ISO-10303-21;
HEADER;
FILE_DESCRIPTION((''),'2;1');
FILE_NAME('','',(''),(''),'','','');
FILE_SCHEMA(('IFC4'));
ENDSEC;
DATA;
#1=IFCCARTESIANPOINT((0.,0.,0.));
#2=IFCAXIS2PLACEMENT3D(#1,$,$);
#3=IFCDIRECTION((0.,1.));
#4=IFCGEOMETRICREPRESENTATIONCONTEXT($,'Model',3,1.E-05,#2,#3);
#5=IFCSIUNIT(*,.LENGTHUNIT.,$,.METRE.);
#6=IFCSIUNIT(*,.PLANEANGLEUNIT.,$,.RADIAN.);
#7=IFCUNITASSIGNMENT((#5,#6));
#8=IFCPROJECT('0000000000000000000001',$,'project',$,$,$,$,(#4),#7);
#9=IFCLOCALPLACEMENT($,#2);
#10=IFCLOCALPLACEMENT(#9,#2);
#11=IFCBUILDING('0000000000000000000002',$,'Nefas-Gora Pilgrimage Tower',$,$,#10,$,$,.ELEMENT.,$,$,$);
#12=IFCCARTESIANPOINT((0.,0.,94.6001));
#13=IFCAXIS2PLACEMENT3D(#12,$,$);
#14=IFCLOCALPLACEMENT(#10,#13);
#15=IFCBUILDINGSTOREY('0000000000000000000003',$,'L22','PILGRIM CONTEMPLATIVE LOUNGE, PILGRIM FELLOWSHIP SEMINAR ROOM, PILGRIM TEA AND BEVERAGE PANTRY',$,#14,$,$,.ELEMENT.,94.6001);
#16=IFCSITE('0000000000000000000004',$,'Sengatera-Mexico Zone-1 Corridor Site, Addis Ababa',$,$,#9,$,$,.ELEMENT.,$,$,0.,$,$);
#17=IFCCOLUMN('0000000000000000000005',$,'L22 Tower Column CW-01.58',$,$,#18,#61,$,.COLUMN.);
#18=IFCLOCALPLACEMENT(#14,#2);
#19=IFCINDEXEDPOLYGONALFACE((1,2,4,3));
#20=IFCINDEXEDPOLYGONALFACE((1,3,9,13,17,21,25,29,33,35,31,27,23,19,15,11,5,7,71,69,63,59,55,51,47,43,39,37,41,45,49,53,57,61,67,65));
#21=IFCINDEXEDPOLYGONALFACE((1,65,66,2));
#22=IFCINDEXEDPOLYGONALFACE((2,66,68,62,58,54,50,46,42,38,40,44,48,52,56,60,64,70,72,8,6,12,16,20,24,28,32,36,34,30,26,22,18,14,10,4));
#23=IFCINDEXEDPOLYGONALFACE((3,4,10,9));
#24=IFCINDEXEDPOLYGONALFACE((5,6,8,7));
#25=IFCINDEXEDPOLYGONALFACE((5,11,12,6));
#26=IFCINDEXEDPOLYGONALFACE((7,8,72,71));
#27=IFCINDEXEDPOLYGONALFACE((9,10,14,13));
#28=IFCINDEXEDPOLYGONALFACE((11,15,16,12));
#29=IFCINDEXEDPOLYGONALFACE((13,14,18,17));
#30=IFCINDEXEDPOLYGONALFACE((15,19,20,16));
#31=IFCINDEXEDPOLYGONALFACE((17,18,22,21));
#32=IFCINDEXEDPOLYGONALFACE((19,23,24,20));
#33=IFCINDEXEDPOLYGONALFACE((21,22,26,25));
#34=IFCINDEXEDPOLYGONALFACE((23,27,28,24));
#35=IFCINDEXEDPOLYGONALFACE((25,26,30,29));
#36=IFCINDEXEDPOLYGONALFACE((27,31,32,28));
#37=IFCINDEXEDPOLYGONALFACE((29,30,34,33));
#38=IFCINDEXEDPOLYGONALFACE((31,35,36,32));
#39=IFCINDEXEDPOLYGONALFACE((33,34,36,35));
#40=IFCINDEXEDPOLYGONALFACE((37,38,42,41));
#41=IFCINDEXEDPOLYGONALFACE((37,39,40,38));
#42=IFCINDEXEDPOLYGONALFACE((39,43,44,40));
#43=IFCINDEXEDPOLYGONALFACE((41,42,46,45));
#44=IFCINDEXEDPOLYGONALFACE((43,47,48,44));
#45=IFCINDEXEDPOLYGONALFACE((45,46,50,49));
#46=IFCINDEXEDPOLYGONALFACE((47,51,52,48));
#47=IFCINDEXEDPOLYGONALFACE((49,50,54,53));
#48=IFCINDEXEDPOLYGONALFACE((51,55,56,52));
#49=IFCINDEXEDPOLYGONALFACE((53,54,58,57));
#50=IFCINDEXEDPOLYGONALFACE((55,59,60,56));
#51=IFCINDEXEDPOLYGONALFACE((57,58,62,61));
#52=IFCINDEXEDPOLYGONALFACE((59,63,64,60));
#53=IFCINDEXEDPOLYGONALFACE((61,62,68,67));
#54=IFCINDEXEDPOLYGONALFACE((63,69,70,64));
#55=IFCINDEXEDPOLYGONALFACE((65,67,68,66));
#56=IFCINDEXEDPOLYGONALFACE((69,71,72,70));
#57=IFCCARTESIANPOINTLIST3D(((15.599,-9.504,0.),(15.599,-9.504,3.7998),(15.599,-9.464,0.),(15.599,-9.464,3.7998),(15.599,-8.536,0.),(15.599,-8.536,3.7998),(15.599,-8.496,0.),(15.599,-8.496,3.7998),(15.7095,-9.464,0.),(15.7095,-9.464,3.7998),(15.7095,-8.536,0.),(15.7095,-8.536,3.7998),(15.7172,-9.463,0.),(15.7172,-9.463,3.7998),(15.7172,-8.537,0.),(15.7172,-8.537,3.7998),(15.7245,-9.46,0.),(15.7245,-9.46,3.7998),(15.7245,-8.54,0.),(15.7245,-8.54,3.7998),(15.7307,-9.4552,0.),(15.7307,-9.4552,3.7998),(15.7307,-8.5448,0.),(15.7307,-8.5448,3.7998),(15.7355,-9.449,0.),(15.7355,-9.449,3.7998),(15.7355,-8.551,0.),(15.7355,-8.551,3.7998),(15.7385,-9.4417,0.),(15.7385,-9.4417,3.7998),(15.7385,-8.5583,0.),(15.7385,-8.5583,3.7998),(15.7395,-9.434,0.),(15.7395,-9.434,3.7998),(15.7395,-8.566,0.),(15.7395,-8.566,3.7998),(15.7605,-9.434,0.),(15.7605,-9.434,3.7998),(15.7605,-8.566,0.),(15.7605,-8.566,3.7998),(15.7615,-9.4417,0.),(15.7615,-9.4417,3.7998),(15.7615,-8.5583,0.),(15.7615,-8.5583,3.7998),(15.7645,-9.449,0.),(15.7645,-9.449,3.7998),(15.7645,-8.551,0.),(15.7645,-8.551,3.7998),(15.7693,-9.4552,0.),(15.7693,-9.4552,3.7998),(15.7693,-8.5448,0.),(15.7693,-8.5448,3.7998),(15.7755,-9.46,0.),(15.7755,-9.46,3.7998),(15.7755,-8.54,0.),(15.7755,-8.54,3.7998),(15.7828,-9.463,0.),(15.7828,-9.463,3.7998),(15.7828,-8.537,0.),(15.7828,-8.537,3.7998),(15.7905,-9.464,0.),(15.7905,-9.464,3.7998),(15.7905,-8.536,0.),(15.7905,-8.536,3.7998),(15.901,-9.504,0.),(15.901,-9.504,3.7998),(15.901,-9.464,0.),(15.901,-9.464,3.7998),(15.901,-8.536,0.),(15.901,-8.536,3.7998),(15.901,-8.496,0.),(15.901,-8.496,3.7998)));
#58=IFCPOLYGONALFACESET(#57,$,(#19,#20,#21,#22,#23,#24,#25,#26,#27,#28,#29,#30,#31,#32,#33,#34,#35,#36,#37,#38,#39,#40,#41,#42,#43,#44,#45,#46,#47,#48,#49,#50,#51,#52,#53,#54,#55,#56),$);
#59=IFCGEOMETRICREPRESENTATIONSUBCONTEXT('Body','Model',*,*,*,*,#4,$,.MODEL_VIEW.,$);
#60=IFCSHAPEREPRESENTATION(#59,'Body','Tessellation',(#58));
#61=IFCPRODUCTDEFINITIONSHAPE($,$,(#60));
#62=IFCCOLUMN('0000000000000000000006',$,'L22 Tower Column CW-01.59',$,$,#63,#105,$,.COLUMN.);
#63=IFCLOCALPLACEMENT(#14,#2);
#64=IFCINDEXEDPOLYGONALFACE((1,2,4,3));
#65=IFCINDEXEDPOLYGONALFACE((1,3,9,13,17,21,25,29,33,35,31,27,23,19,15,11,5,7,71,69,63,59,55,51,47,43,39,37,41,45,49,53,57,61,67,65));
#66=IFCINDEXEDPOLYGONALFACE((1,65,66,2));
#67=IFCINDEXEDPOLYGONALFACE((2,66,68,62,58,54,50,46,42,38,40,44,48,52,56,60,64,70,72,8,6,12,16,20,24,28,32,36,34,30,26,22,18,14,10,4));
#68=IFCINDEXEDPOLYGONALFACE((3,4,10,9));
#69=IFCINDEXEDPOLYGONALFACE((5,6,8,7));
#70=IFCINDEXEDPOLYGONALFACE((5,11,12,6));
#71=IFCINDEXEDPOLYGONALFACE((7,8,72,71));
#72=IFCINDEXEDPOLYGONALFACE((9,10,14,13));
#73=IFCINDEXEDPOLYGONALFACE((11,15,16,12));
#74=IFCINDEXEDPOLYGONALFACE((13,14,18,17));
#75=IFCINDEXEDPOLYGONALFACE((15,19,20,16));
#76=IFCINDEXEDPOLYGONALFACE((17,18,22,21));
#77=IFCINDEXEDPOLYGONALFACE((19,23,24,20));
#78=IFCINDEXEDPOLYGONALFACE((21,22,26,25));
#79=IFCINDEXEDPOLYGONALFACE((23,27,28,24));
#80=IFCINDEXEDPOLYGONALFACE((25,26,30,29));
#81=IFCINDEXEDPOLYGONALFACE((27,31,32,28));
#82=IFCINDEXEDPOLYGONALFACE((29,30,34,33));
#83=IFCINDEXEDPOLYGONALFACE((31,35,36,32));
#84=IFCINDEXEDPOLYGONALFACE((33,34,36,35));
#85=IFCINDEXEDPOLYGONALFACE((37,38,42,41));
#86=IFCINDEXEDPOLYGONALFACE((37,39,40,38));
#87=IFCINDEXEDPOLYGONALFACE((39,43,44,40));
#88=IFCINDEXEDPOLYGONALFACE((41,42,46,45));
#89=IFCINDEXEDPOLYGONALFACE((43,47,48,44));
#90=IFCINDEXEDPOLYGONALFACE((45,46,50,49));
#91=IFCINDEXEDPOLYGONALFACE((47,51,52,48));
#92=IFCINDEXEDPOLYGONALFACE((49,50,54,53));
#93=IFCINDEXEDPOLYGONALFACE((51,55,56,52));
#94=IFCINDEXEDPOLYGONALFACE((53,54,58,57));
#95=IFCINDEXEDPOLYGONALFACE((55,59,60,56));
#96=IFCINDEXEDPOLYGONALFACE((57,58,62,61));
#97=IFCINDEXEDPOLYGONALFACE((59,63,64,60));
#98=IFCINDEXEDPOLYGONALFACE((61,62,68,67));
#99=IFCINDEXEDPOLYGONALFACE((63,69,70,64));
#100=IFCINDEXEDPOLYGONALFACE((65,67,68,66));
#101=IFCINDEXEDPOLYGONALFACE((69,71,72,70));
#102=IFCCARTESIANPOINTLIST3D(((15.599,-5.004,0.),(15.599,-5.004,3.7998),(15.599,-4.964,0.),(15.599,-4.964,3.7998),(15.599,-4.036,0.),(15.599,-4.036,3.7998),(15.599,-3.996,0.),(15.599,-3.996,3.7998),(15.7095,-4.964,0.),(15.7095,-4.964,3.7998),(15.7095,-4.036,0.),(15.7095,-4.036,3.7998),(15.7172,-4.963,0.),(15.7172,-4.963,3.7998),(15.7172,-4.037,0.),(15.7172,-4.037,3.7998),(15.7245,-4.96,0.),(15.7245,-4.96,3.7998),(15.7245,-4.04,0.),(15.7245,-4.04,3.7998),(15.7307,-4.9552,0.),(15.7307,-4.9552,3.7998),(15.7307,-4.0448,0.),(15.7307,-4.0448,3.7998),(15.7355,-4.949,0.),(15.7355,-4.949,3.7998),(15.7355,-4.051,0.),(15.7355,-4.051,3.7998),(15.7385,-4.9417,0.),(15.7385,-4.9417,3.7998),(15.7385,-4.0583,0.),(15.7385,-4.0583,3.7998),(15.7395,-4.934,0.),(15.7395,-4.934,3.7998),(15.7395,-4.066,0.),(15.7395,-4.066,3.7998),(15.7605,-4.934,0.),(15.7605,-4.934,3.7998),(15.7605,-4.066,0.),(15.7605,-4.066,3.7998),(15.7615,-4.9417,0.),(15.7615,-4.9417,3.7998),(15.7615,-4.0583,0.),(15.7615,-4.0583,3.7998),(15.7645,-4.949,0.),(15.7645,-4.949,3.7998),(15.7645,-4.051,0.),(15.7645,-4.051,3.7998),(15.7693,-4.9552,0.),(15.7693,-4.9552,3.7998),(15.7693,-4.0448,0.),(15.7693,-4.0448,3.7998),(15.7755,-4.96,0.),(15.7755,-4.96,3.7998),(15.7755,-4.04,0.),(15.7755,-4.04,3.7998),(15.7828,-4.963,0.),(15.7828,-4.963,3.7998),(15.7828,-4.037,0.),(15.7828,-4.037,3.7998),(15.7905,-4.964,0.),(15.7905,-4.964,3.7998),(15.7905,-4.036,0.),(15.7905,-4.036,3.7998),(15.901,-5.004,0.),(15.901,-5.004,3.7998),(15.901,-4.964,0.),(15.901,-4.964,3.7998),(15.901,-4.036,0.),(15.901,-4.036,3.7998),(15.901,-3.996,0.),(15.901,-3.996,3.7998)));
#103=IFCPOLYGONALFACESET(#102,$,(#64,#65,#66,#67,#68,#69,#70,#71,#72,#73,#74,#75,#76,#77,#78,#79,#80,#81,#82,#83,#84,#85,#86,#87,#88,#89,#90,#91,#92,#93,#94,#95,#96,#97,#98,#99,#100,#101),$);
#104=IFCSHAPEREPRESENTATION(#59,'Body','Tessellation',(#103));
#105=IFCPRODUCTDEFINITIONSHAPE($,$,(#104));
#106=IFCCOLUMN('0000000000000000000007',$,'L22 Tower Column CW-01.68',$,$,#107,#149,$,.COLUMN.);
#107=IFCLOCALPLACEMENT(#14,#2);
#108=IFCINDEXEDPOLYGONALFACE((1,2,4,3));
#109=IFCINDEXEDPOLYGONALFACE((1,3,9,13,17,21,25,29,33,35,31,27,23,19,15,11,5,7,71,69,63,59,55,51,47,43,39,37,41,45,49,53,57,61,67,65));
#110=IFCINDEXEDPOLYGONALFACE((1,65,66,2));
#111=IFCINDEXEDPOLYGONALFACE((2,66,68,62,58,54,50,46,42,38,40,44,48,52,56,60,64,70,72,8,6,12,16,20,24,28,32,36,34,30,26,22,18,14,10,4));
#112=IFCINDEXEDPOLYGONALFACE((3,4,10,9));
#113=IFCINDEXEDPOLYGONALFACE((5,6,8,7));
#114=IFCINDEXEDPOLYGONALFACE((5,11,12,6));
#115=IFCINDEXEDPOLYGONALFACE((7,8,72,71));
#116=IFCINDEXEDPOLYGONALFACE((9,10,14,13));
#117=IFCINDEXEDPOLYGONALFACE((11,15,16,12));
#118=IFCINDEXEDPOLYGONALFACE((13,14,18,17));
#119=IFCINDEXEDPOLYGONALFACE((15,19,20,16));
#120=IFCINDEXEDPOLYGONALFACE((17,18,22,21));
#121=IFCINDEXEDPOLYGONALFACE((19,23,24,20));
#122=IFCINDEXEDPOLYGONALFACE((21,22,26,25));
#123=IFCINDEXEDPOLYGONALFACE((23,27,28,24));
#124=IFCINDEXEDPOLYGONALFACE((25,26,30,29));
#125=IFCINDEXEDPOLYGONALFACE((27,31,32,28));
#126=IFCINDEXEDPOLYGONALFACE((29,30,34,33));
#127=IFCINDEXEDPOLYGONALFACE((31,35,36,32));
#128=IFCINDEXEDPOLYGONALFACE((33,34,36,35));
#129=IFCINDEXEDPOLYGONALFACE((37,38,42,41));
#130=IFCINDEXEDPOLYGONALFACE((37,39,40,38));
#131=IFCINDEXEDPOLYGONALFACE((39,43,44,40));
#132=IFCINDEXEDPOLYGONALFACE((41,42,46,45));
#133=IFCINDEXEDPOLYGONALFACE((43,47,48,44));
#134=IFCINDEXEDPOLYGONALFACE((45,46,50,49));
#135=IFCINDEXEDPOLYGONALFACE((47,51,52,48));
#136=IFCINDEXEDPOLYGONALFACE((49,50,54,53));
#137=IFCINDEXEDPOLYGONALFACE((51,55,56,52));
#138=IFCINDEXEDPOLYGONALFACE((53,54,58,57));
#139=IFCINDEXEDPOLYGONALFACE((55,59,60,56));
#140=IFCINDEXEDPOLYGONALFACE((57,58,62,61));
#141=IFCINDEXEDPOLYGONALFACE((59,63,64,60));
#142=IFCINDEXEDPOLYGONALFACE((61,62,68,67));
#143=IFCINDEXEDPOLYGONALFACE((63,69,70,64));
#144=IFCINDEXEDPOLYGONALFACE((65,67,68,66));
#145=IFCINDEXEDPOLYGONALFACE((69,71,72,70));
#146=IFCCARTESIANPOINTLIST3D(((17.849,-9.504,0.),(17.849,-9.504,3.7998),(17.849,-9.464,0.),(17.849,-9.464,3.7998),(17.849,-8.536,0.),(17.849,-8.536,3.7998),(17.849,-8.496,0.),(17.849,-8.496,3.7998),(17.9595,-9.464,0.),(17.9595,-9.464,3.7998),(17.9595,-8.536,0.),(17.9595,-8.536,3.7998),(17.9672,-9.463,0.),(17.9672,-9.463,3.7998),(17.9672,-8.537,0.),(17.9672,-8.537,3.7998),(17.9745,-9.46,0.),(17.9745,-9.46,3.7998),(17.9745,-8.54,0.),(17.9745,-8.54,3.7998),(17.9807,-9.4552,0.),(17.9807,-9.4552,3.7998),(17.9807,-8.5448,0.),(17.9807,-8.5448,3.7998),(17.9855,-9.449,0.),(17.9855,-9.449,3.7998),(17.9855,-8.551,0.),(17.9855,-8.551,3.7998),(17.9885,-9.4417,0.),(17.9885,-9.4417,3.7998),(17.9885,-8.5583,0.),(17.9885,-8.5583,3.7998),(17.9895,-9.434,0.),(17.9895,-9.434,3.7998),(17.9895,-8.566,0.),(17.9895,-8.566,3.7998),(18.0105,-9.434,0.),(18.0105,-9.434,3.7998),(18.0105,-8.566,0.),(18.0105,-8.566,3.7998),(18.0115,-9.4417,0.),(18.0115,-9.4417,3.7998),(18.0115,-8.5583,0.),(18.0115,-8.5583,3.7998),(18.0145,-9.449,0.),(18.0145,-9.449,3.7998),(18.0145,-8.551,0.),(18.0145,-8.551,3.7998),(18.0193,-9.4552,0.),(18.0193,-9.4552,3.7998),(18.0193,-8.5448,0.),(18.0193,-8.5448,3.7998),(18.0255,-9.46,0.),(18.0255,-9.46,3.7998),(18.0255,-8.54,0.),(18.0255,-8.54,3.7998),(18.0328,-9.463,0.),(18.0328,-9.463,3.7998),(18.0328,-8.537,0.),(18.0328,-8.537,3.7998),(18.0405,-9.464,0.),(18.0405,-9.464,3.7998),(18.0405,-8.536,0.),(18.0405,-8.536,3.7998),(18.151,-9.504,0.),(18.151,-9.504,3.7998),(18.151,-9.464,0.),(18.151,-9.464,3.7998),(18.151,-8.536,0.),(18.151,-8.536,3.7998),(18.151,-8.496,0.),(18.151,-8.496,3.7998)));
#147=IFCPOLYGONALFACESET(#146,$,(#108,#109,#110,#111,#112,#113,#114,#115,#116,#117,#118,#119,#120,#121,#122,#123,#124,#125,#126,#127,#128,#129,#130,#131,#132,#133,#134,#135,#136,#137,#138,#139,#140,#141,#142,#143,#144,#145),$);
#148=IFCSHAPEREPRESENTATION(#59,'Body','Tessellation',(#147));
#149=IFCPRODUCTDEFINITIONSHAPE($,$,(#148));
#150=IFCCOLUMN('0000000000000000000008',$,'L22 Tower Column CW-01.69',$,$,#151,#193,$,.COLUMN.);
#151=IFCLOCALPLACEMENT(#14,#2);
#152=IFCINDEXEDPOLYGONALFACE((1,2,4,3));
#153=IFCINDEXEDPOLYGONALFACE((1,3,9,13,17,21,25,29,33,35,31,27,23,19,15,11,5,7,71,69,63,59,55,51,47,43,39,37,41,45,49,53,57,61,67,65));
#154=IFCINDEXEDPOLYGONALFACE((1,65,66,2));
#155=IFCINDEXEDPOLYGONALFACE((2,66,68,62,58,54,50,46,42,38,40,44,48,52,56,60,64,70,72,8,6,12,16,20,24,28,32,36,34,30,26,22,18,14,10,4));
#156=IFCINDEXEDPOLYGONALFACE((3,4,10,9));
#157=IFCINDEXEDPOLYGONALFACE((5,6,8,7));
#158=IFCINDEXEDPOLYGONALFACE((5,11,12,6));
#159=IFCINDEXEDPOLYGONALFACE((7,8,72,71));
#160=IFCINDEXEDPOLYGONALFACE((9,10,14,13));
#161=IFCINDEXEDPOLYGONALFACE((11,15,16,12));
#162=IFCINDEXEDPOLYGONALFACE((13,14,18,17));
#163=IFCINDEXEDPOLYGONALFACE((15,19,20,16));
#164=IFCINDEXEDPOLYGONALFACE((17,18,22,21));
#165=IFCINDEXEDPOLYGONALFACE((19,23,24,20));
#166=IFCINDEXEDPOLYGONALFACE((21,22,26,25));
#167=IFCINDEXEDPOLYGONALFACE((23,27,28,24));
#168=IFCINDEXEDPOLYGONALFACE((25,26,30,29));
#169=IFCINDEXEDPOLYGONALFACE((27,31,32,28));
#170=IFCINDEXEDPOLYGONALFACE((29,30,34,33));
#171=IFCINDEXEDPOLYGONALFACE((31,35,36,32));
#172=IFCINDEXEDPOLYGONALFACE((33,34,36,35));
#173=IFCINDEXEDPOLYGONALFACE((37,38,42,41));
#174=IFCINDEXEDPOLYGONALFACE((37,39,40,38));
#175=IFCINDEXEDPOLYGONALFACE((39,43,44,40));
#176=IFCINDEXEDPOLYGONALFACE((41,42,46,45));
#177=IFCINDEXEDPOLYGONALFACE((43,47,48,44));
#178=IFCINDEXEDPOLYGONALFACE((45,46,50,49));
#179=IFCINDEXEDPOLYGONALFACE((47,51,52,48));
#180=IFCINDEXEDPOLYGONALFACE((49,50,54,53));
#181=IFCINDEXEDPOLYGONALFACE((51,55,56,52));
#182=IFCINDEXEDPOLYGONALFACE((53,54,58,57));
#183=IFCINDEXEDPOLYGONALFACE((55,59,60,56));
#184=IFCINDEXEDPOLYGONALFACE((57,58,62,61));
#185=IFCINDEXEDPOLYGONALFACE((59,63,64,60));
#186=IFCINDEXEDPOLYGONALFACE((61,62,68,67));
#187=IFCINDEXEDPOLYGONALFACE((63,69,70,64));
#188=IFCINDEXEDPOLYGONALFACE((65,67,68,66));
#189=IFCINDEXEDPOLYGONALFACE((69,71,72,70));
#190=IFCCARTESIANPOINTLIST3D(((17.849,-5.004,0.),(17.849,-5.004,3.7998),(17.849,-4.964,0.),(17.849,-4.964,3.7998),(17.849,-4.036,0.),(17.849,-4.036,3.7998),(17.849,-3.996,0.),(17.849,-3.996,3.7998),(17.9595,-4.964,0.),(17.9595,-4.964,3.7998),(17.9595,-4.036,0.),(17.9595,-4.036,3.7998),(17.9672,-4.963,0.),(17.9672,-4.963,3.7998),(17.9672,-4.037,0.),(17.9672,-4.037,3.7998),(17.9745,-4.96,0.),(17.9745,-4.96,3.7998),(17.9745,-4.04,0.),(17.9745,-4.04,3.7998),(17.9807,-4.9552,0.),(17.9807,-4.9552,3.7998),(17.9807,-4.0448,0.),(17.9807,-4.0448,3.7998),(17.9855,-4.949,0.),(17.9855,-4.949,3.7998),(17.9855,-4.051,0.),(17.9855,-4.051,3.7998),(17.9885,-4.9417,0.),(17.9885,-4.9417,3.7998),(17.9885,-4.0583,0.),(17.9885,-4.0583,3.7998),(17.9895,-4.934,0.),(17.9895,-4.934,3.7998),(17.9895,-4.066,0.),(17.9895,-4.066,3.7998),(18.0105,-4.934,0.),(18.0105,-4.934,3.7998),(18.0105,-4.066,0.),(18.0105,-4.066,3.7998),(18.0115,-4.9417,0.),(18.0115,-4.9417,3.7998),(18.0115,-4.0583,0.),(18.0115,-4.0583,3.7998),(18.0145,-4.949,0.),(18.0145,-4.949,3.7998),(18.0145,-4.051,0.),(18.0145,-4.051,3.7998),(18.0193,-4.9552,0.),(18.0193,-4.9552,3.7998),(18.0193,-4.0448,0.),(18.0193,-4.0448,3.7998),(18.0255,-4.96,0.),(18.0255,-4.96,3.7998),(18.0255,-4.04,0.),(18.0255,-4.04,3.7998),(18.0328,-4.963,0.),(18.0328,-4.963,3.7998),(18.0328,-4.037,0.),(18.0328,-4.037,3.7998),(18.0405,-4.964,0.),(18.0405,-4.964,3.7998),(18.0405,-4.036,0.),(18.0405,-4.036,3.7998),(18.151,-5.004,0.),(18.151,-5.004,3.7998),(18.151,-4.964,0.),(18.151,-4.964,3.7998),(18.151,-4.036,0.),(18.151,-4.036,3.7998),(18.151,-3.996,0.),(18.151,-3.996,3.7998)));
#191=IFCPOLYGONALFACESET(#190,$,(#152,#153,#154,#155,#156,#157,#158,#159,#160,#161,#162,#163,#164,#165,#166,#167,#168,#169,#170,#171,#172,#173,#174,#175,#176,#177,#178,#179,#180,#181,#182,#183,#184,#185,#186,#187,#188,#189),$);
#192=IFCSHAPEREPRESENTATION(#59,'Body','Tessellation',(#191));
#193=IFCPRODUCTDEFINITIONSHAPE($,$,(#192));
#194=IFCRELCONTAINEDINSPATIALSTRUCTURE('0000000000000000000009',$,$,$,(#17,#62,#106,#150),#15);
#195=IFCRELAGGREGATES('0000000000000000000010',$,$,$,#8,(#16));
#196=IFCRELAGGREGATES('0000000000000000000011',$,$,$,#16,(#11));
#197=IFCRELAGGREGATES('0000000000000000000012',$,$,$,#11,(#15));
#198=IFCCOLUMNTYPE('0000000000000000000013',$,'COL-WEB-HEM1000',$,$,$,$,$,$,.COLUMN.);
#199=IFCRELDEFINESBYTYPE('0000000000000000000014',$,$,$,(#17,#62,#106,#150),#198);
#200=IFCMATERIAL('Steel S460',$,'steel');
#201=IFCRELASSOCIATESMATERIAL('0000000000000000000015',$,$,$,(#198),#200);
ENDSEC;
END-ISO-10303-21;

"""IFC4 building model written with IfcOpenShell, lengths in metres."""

from ifc_helpers import new_model, si_unit, direction, frame, origin, origin_2d, place, context, subcontext, project, spatial, i_section, extrude, source, transform, mapped, material, material_profile, profile_set, type_object, element, save


model = new_model("IFC4")

# Units and contexts
model_context = context("Model", 3, precision=1e-05, world=origin(), true_north=direction((0.0, 1.0)))
body_context = subcontext(model_context, "Body", "Model", "MODEL_VIEW")
ifc_project = project(units=[si_unit("LENGTHUNIT", "METRE"), si_unit("PLANEANGLEUNIT", "RADIAN")], contexts=[model_context])

# Site, building, storey
site_placement = place(None, origin())
site = spatial("IfcSite", under=ifc_project, at=site_placement, Name="Sengatera-Mexico Zone-1 Corridor Site, Addis Ababa", CompositionType="ELEMENT", RefElevation=0.0)
building_placement = place(site_placement, origin())
building = spatial("IfcBuilding", under=site, at=building_placement, Name="Nefas-Gora Pilgrimage Tower", CompositionType="ELEMENT")
storey_placement = place(building_placement, frame((0.0, 0.0, 94.6001)))
storey = spatial("IfcBuildingStorey", under=building, at=storey_placement, Name="L22", Description="PILGRIM CONTEMPLATIVE LOUNGE, PILGRIM FELLOWSHIP SEMINAR ROOM, PILGRIM TEA AND BEVERAGE PANTRY", CompositionType="ELEMENT", Elevation=94.6001)

# Columns
ifc_material_1 = material(Name="Steel S460", Category="steel")
ifc_material_profile_1 = material_profile(ifc_material_1, i_section(OverallWidth=0.302, OverallDepth=1.0081, WebThickness=0.021, FlangeThickness=0.04, FilletRadius=0.03, at=origin_2d()), Name="HEM 1000")
ifc_profile_set_1 = profile_set([ifc_material_profile_1], Name="Steel S460")
column_type_1 = type_object("IfcColumnType", Name="COL-WEB-HEM1000", PredefinedType="COLUMN", material=ifc_profile_set_1)
shared_shape_1 = source(origin(), body_context, "Body", "SweptSolid", [
    extrude(i_section(OverallWidth=0.302, OverallDepth=1.0081, WebThickness=0.021, FlangeThickness=0.04, FilletRadius=0.03, at=origin_2d()), origin(), (0.0, 0.0, 1.0), 3.7998),
])
for number, where, z_axis, x_axis, name in (
    (1, (15.75, -9.0, 0.0), (0.0, 0.0, 1.0), (1.0, 0.0, 0.0), "L22 Tower Column CW-01.58"),
    (2, (15.75, -4.5, 0.0), (0.0, 0.0, 1.0), (1.0, 0.0, 0.0), "L22 Tower Column CW-01.59"),
    (3, (18.0, -9.0, 0.0), (0.0, 0.0, 1.0), (1.0, 0.0, 0.0), "L22 Tower Column CW-01.68"),
    (4, (18.0, -4.5, 0.0), (0.0, 0.0, 1.0), (1.0, 0.0, 0.0), "L22 Tower Column CW-01.69"),
):
    element("IfcColumn", number, at=place(storey_placement, frame(where, z_axis=z_axis, x_axis=x_axis)), inside=storey, type_object=column_type_1, Name=name, PredefinedType="COLUMN", context=body_context, shape_type="MappedRepresentation", body=[
        mapped(shared_shape_1, transform((0.0, 0.0, 0.0), x_axis=(1.0, 0.0, 0.0), y_axis=(0.0, 1.0, 0.0), z_axis=(0.0, 0.0, 1.0), scale=1.0)),
    ])

save(model, "model.ifc")
